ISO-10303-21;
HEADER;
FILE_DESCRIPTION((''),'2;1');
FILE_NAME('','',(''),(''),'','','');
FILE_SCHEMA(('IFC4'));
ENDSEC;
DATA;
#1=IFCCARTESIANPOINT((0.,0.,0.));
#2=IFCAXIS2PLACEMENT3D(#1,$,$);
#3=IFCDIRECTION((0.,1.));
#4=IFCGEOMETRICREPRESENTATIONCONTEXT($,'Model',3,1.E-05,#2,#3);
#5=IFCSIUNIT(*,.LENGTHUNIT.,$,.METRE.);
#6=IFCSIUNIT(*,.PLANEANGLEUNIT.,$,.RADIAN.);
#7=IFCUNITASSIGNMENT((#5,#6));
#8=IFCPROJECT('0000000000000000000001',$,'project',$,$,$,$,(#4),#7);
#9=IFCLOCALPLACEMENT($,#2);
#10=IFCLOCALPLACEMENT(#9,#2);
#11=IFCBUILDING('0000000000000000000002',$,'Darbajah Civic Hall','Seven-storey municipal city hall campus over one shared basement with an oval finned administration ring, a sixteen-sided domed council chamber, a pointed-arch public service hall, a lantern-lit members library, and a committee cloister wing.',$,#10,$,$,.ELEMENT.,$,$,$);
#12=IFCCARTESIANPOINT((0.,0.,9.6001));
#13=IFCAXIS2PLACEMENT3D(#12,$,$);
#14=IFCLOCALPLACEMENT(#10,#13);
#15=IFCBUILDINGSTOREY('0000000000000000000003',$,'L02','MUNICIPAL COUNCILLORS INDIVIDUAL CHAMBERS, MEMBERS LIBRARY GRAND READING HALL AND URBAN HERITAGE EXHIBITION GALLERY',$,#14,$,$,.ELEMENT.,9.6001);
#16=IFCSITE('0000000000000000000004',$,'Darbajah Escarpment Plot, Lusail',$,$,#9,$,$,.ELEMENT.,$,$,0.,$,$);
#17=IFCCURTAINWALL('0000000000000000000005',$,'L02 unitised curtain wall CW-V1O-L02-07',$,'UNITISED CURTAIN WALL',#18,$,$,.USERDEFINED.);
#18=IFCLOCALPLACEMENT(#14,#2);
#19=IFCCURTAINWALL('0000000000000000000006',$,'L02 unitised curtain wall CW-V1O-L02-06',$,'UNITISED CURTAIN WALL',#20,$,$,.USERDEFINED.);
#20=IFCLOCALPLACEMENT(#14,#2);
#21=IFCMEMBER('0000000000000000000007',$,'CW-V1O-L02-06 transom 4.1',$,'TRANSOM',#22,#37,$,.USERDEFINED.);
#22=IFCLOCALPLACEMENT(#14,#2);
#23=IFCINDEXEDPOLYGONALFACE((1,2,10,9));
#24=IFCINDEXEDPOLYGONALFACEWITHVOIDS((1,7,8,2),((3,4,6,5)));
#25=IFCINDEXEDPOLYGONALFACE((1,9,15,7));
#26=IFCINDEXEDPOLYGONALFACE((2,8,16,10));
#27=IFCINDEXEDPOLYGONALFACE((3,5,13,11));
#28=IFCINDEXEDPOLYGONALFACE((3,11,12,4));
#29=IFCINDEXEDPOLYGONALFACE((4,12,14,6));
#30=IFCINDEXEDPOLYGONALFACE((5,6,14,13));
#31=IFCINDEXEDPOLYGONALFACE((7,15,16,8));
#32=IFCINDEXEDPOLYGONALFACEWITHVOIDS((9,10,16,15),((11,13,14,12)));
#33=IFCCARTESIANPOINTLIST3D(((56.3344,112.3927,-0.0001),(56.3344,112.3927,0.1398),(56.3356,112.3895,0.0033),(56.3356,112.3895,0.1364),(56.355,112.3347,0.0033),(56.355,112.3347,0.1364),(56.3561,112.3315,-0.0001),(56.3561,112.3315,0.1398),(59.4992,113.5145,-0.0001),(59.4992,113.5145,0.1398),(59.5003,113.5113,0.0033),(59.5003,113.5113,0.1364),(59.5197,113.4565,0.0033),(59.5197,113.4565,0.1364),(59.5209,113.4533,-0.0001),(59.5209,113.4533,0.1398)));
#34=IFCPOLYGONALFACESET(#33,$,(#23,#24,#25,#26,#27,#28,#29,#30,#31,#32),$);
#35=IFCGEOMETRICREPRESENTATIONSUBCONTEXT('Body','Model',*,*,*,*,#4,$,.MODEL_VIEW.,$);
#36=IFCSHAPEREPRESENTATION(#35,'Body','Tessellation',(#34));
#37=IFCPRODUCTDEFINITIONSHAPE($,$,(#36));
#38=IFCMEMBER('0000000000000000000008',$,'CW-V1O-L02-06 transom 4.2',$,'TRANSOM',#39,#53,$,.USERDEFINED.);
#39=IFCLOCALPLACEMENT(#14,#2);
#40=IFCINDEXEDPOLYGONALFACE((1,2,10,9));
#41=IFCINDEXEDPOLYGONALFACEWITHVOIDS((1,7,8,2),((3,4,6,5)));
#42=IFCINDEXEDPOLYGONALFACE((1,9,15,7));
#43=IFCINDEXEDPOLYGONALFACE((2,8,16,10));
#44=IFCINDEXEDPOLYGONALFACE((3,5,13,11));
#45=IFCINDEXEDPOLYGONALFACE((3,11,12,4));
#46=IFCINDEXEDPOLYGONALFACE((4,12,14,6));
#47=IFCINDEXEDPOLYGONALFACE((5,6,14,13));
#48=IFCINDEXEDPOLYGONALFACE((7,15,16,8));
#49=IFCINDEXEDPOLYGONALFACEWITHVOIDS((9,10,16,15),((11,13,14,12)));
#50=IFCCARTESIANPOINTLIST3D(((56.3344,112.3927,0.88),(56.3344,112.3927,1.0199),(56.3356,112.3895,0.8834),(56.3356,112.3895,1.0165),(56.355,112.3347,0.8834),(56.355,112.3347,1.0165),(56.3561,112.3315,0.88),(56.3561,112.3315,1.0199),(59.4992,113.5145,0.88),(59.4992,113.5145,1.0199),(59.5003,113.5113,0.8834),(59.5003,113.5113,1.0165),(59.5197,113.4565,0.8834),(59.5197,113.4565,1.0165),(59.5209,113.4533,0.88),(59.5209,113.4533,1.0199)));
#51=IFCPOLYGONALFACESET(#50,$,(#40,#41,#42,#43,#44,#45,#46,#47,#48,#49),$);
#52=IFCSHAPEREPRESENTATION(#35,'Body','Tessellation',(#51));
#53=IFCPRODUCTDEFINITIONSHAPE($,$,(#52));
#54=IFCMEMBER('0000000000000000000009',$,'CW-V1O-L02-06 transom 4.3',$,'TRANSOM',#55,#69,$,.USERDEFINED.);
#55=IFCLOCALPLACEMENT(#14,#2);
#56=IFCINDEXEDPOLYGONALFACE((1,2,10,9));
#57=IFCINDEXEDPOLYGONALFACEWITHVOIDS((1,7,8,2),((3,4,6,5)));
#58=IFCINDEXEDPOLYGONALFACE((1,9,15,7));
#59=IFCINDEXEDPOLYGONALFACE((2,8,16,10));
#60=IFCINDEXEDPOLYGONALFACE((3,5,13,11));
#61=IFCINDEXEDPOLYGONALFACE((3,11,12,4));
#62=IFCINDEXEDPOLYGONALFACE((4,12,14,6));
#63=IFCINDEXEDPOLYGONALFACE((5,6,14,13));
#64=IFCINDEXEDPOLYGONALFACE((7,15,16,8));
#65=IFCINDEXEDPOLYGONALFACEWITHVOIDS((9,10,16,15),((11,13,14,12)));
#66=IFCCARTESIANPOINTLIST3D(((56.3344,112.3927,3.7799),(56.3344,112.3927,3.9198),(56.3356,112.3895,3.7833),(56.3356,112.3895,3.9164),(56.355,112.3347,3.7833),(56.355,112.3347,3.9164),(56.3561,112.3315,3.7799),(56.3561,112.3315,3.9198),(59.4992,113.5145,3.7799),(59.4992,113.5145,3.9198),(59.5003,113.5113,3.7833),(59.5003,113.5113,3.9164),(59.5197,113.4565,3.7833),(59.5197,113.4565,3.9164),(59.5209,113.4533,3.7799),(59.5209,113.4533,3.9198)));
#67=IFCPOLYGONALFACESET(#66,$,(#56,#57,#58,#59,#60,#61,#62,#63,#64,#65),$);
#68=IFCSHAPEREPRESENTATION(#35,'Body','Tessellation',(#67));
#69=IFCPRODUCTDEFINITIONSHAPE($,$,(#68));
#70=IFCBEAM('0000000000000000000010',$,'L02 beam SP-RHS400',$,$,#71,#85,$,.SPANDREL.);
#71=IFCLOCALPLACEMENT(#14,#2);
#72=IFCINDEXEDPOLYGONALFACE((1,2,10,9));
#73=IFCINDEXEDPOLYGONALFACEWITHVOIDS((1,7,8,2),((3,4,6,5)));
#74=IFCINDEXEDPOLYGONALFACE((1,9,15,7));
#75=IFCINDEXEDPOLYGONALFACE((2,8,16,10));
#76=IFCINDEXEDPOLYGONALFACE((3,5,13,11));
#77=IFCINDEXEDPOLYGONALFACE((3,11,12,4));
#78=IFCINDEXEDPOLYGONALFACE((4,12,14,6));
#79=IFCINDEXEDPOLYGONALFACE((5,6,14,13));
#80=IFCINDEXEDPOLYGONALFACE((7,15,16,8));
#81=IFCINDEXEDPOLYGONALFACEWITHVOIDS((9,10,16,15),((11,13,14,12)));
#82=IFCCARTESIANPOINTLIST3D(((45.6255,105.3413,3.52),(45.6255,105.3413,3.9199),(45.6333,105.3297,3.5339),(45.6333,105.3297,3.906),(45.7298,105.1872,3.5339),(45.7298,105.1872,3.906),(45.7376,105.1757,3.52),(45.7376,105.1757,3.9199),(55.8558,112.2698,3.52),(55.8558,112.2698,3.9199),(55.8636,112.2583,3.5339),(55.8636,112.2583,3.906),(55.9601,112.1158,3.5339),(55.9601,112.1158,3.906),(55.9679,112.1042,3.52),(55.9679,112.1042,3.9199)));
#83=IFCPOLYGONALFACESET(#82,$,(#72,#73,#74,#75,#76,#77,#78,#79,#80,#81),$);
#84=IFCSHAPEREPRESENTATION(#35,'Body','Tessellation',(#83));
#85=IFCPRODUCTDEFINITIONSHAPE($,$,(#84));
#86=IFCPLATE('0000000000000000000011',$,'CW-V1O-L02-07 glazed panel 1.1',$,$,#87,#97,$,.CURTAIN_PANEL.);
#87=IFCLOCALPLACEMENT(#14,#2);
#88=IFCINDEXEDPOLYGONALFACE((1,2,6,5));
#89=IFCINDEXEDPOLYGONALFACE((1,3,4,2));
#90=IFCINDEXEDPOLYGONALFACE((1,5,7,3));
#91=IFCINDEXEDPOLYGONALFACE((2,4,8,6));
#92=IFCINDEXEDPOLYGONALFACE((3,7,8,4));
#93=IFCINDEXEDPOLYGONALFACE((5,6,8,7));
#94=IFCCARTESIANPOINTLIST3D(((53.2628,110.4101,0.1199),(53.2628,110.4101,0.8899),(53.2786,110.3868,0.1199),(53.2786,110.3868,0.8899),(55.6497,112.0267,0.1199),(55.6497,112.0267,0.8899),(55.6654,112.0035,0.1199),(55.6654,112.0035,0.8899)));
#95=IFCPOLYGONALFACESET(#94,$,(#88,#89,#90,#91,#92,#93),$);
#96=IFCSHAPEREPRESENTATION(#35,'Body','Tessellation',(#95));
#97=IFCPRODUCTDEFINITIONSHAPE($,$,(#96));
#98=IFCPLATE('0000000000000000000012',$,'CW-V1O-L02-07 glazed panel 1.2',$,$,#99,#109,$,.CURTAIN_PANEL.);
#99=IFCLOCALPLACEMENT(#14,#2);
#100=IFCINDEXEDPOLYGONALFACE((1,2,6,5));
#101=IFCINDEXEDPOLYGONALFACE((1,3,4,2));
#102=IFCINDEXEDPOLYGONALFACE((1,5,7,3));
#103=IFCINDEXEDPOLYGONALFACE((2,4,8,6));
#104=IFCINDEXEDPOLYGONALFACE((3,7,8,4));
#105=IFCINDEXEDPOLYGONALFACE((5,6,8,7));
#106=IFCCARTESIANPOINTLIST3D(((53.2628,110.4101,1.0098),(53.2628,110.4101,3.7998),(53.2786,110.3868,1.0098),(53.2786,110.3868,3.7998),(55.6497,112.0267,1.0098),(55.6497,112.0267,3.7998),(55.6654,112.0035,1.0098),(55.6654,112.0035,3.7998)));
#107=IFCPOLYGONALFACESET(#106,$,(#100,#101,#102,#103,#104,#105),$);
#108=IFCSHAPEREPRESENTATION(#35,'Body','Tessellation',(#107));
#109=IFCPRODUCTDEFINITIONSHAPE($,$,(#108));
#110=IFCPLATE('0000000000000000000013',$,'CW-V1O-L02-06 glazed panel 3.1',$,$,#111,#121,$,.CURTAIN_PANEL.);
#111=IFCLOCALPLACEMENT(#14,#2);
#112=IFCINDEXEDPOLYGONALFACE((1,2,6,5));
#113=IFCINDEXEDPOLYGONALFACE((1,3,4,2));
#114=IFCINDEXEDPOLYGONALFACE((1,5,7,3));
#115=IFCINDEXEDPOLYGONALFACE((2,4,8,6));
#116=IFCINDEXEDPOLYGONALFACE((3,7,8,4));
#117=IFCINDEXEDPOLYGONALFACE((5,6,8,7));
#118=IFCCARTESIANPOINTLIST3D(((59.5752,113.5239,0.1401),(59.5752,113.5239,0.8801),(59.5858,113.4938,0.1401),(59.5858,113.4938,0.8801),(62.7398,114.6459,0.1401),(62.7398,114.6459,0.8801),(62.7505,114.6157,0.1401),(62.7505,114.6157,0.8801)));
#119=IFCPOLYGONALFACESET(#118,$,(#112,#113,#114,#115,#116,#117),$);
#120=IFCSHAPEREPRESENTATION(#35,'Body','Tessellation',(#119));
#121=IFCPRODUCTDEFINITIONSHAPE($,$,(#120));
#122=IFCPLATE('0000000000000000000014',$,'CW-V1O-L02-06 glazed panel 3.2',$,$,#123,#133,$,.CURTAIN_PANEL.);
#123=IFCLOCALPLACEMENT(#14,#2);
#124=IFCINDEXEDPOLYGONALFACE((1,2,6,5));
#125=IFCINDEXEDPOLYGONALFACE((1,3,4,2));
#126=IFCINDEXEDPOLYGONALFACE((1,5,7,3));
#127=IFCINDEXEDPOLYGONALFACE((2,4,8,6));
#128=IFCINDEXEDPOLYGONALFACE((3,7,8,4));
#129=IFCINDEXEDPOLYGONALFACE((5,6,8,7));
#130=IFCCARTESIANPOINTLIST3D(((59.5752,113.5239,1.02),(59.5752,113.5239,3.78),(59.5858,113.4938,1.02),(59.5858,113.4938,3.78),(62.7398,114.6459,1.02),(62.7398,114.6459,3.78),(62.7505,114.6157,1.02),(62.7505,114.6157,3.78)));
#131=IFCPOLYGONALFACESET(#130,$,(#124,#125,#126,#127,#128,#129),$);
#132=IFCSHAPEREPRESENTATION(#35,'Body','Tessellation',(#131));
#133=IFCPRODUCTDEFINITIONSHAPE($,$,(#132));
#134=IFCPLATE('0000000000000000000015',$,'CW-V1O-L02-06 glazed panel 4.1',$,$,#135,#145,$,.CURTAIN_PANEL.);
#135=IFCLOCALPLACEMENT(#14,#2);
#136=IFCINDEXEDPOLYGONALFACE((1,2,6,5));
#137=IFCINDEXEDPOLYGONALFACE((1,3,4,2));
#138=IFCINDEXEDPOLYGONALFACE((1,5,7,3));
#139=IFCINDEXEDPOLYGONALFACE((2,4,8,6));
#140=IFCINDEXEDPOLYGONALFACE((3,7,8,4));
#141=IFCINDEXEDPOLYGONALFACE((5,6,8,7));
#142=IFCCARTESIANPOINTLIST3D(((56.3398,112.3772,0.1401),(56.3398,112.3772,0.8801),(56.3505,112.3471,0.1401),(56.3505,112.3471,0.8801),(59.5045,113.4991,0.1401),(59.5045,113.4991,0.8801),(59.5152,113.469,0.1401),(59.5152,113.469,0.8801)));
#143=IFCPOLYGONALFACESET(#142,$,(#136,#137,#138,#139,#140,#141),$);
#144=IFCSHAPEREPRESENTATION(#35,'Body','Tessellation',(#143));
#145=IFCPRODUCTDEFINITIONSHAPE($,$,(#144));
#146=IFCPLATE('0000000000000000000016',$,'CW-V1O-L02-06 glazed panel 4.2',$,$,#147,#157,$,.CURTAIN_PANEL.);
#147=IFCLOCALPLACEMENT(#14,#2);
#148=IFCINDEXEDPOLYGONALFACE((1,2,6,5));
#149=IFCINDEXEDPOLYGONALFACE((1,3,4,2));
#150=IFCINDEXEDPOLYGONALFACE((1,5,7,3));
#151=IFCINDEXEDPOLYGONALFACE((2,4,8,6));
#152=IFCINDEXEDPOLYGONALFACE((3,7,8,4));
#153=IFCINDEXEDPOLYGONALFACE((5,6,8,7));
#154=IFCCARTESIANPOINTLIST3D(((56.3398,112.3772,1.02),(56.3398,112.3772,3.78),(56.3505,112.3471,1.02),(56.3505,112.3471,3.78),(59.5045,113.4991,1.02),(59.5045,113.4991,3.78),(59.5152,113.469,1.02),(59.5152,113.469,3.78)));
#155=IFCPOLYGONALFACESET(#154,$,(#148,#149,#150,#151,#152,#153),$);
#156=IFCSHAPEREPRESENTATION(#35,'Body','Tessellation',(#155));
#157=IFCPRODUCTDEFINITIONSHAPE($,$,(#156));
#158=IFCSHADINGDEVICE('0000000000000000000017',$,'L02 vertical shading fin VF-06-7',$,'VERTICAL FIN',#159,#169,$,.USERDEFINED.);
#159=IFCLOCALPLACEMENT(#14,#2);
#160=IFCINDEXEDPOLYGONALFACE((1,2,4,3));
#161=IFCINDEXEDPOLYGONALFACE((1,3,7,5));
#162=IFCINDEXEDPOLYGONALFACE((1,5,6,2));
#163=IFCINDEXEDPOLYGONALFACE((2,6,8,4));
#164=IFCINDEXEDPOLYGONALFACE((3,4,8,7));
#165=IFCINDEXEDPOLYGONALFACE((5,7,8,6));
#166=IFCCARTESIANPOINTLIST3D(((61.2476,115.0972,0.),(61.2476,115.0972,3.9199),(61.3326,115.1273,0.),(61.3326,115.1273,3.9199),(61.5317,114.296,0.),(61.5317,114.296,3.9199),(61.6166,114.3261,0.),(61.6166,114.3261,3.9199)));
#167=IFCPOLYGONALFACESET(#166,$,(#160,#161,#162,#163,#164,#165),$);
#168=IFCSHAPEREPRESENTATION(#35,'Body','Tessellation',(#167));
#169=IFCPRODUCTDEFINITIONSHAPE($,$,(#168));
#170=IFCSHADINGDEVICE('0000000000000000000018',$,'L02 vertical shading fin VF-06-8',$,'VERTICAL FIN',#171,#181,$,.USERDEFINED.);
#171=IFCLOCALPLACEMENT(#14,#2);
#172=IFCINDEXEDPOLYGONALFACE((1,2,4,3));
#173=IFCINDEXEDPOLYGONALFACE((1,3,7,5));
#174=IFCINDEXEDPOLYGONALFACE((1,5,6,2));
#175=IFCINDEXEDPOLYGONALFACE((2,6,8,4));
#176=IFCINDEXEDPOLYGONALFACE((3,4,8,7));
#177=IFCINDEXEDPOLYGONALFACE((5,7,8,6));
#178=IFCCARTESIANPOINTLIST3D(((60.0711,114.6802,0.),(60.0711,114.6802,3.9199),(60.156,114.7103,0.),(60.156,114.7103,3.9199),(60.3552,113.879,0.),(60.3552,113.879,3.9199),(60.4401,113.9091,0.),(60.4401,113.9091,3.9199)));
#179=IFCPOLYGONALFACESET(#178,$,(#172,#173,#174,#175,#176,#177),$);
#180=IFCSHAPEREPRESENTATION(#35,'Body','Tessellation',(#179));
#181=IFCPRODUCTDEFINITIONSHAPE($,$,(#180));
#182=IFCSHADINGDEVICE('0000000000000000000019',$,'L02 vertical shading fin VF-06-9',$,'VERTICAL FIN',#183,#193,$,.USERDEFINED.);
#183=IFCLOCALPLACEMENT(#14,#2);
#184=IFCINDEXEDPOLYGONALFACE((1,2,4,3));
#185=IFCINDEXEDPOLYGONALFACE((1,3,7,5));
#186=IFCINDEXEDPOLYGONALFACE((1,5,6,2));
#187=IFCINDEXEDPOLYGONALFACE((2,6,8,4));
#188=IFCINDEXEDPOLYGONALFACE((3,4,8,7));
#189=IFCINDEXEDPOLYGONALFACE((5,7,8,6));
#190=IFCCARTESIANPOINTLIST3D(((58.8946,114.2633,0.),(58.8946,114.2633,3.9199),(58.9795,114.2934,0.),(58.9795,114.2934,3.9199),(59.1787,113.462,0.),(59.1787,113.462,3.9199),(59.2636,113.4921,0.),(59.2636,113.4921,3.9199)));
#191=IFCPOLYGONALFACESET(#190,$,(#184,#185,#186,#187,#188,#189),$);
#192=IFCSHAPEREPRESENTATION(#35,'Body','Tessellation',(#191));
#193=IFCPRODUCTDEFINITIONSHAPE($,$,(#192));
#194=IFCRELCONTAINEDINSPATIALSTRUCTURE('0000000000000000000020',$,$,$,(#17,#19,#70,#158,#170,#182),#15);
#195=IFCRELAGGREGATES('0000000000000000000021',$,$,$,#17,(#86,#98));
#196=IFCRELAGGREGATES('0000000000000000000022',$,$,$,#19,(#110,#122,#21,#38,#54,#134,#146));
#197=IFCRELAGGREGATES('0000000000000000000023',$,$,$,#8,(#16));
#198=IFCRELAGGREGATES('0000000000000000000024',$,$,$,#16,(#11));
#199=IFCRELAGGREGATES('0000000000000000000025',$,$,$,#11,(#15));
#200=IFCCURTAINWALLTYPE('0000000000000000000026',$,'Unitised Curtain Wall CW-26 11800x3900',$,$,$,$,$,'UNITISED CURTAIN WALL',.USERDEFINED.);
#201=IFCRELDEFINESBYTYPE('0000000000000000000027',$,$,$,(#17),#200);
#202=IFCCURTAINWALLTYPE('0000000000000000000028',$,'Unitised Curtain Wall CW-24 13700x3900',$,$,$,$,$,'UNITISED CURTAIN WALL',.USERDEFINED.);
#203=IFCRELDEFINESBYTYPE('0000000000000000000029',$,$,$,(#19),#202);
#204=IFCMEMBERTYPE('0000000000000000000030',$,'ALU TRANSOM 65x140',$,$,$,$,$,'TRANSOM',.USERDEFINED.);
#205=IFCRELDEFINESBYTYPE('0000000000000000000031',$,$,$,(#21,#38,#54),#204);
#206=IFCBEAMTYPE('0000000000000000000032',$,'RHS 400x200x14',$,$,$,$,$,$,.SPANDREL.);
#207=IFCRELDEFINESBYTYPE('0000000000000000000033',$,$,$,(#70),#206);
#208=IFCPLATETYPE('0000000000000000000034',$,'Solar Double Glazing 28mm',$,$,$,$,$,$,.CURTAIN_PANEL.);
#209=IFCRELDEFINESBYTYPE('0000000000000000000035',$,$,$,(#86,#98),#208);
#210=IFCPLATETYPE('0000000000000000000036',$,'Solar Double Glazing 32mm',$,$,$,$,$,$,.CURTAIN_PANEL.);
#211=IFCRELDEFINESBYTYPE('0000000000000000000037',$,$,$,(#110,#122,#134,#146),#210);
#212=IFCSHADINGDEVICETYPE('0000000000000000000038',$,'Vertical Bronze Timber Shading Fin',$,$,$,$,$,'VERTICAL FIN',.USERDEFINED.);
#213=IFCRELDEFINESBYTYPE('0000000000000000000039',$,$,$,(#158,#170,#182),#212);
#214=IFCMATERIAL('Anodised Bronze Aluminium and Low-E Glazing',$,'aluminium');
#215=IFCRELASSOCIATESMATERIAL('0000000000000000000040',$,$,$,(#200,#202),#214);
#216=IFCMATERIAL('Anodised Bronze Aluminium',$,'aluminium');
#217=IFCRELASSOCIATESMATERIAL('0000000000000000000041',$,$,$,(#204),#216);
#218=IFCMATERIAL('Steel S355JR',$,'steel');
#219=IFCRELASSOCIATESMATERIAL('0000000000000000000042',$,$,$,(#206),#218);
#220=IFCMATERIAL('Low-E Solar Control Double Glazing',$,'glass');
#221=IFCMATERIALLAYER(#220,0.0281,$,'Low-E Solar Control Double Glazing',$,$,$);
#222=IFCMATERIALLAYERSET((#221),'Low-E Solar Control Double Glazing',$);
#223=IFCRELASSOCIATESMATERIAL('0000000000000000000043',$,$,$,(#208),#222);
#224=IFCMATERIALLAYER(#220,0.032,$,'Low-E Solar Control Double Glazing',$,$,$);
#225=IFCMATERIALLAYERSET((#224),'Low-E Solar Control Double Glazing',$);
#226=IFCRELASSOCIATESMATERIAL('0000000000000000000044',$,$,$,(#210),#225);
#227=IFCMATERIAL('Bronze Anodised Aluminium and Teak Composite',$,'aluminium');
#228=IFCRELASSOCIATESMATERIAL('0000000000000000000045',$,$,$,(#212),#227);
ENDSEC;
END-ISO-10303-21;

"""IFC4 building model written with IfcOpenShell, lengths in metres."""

from ifc_helpers import new_model, si_unit, direction, frame, origin, origin_2d, place, context, subcontext, project, spatial, rectangle, hollow_rectangle, extrude, material, layer, layer_set, material_profile, profile_set, type_object, element, aggregate, save


model = new_model("IFC4")

# Units and contexts
model_context = context("Model", 3, precision=1e-05, world=origin(), true_north=direction((0.0, 1.0)))
body_context = subcontext(model_context, "Body", "Model", "MODEL_VIEW")
ifc_project = project(units=[si_unit("LENGTHUNIT", "METRE"), si_unit("PLANEANGLEUNIT", "RADIAN")], contexts=[model_context])

# Site, building, storey
site_placement = place(None, origin())
site = spatial("IfcSite", under=ifc_project, at=site_placement, Name="Darbajah Escarpment Plot, Lusail", CompositionType="ELEMENT", RefElevation=0.0)
building_placement = place(site_placement, origin())
building = spatial("IfcBuilding", under=site, at=building_placement, Name="Darbajah Civic Hall", Description="Seven-storey municipal city hall campus over one shared basement with an oval finned administration ring, a sixteen-sided domed council chamber, a pointed-arch public service hall, a lantern-lit members library, and a committee cloister wing.", CompositionType="ELEMENT")
storey_placement = place(building_placement, frame((0.0, 0.0, 9.6001)))
storey = spatial("IfcBuildingStorey", under=building, at=storey_placement, Name="L02", Description="MUNICIPAL COUNCILLORS INDIVIDUAL CHAMBERS, MEMBERS LIBRARY GRAND READING HALL AND URBAN HERITAGE EXHIBITION GALLERY", CompositionType="ELEMENT", Elevation=9.6001)

# Curtain walls
ifc_material_1 = material(Name="Anodised Bronze Aluminium and Low-E Glazing", Category="aluminium")
curtain_wall_type_1 = type_object("IfcCurtainWallType", Name="Unitised Curtain Wall CW-26 11800x3900", ElementType="UNITISED CURTAIN WALL", PredefinedType="USERDEFINED", material=ifc_material_1)
curtain_wall_1_placement = place(storey_placement, origin())
curtain_wall_1 = element("IfcCurtainWall", 1, at=curtain_wall_1_placement, inside=storey, type_object=curtain_wall_type_1, Name="L02 unitised curtain wall CW-V1O-L02-07", ObjectType="UNITISED CURTAIN WALL", PredefinedType="USERDEFINED")
ifc_material_2 = material(Name="Anodised Bronze Aluminium", Category="aluminium")
curtain_wall_type_2 = type_object("IfcCurtainWallType", Name="Unitised Curtain Wall CW-24 13700x3900", ElementType="UNITISED CURTAIN WALL", PredefinedType="USERDEFINED", material=ifc_material_1)
curtain_wall_2_placement = place(storey_placement, origin())
curtain_wall_2 = element("IfcCurtainWall", 2, at=curtain_wall_2_placement, inside=storey, type_object=curtain_wall_type_2, Name="L02 unitised curtain wall CW-V1O-L02-06", ObjectType="UNITISED CURTAIN WALL", PredefinedType="USERDEFINED")

# Members
ifc_material_profile_1 = material_profile(ifc_material_2, hollow_rectangle(XDim=0.0649, YDim=0.1399, WallThickness=0.0034, at=origin_2d()), Name="ALU TRANSOM 65x140")
ifc_profile_set_1 = profile_set([ifc_material_profile_1], Name="Anodised Bronze Aluminium")
member_type_1 = type_object("IfcMemberType", Name="ALU TRANSOM 65x140", ElementType="TRANSOM", PredefinedType="USERDEFINED", material=ifc_profile_set_1)
member_1_placement = place(storey_placement, frame((59.51, 113.4839, 0.0698), z_axis=(-0.942537, -0.334102, 0.0), x_axis=(0.334102, -0.942537, 0.0)))
member_1 = element("IfcMember", 3, at=member_1_placement, type_object=member_type_1, Name="CW-V1O-L02-06 transom 4.1", ObjectType="TRANSOM", PredefinedType="USERDEFINED", context=body_context, shape_type="SweptSolid", body=[
    extrude(hollow_rectangle(XDim=0.0649, YDim=0.1399, WallThickness=0.0034, at=origin_2d()), origin(), (0.0, 0.0, 1.0), 3.3577),
])
member_2_placement = place(storey_placement, frame((59.51, 113.4839, 0.95), z_axis=(-0.942537, -0.334102, 0.0), x_axis=(0.334102, -0.942537, 0.0)))
member_2 = element("IfcMember", 4, at=member_2_placement, type_object=member_type_1, Name="CW-V1O-L02-06 transom 4.2", ObjectType="TRANSOM", PredefinedType="USERDEFINED", context=body_context, shape_type="SweptSolid", body=[
    extrude(hollow_rectangle(XDim=0.0649, YDim=0.1399, WallThickness=0.0034, at=origin_2d()), origin(), (0.0, 0.0, 1.0), 3.3577),
])
member_3_placement = place(storey_placement, frame((59.51, 113.4839, 3.8499), z_axis=(-0.942537, -0.334102, 0.0), x_axis=(0.334102, -0.942537, 0.0)))
member_3 = element("IfcMember", 5, at=member_3_placement, type_object=member_type_1, Name="CW-V1O-L02-06 transom 4.3", ObjectType="TRANSOM", PredefinedType="USERDEFINED", context=body_context, shape_type="SweptSolid", body=[
    extrude(hollow_rectangle(XDim=0.0649, YDim=0.1399, WallThickness=0.0034, at=origin_2d()), origin(), (0.0, 0.0, 1.0), 3.3577),
])

# Beam
ifc_material_3 = material(Name="Steel S355JR", Category="steel")
ifc_material_profile_2 = material_profile(ifc_material_3, hollow_rectangle(XDim=0.2, YDim=0.3999, WallThickness=0.0139, at=origin_2d()), Name="RHS 400x200x14")
ifc_profile_set_2 = profile_set([ifc_material_profile_2], Name="Steel S355JR")
beam_type = type_object("IfcBeamType", Name="RHS 400x200x14", PredefinedType="SPANDREL", material=ifc_profile_set_2)
beam_placement = place(storey_placement, frame((55.9119, 112.187, 3.72), z_axis=(-0.827982, -0.560755, 0.0), x_axis=(0.560755, -0.827982, 0.0)))
element("IfcBeam", 6, at=beam_placement, inside=storey, type_object=beam_type, Name="L02 beam SP-RHS400", PredefinedType="SPANDREL", context=body_context, shape_type="SweptSolid", body=[
    extrude(hollow_rectangle(XDim=0.2, YDim=0.3999, WallThickness=0.0139, at=origin_2d()), origin(), (0.0, 0.0, 1.0), 12.3557),
])

# Plates
ifc_material_4 = material(Name="Low-E Solar Control Double Glazing", Category="glass")
ifc_layer_1 = layer(ifc_material_4, 0.0281, Name="Low-E Solar Control Double Glazing")
ifc_layer_set_1 = layer_set([ifc_layer_1], Name="Low-E Solar Control Double Glazing")
plate_type_1 = type_object("IfcPlateType", Name="Solar Double Glazing 28mm", PredefinedType="CURTAIN_PANEL", material=ifc_layer_set_1)
plate_1_placement = place(storey_placement, frame((54.4641, 111.2068, 0.1199), z_axis=(0.0, 0.0, 1.0), x_axis=(-0.827962, -0.560784, 0.0)))
plate_1 = element("IfcPlate", 7, at=plate_1_placement, type_object=plate_type_1, Name="CW-V1O-L02-07 glazed panel 1.1", PredefinedType="CURTAIN_PANEL", context=body_context, shape_type="SweptSolid", body=[
    extrude(rectangle(XDim=2.8828, YDim=0.0281, at=origin_2d()), origin(), (0.0, 0.0, 1.0), 0.77),
])
plate_2_placement = place(storey_placement, frame((54.4641, 111.2068, 1.0098), z_axis=(0.0, 0.0, 1.0), x_axis=(-0.827962, -0.560784, 0.0)))
plate_2 = element("IfcPlate", 8, at=plate_2_placement, type_object=plate_type_1, Name="CW-V1O-L02-07 glazed panel 1.2", PredefinedType="CURTAIN_PANEL", context=body_context, shape_type="SweptSolid", body=[
    extrude(rectangle(XDim=2.8828, YDim=0.0281, at=origin_2d()), origin(), (0.0, 0.0, 1.0), 2.79),
])
aggregate(curtain_wall_1, [plate_1, plate_2])
ifc_layer_2 = layer(ifc_material_4, 0.032, Name="Low-E Solar Control Double Glazing")
ifc_layer_set_2 = layer_set([ifc_layer_2], Name="Low-E Solar Control Double Glazing")
plate_type_2 = type_object("IfcPlateType", Name="Solar Double Glazing 32mm", PredefinedType="CURTAIN_PANEL", material=ifc_layer_set_2)
plate_3_placement = place(storey_placement, frame((61.1628, 114.0698, 0.1401), z_axis=(0.0, 0.0, 1.0), x_axis=(-0.942525, -0.334136, 0.0)))
plate_3 = element("IfcPlate", 9, at=plate_3_placement, type_object=plate_type_2, Name="CW-V1O-L02-06 glazed panel 3.1", PredefinedType="CURTAIN_PANEL", context=body_context, shape_type="SweptSolid", body=[
    extrude(rectangle(XDim=3.3577, YDim=0.032, at=origin_2d()), origin(), (0.0, 0.0, 1.0), 0.74),
])
plate_4_placement = place(storey_placement, frame((61.1628, 114.0698, 1.02), z_axis=(0.0, 0.0, 1.0), x_axis=(-0.942525, -0.334136, 0.0)))
plate_4 = element("IfcPlate", 10, at=plate_4_placement, type_object=plate_type_2, Name="CW-V1O-L02-06 glazed panel 3.2", PredefinedType="CURTAIN_PANEL", context=body_context, shape_type="SweptSolid", body=[
    extrude(rectangle(XDim=3.3577, YDim=0.032, at=origin_2d()), origin(), (0.0, 0.0, 1.0), 2.76),
])
plate_5_placement = place(storey_placement, frame((57.9275, 112.9231, 0.1401), z_axis=(0.0, 0.0, 1.0), x_axis=(-0.942525, -0.334136, 0.0)))
plate_5 = element("IfcPlate", 11, at=plate_5_placement, type_object=plate_type_2, Name="CW-V1O-L02-06 glazed panel 4.1", PredefinedType="CURTAIN_PANEL", context=body_context, shape_type="SweptSolid", body=[
    extrude(rectangle(XDim=3.3577, YDim=0.032, at=origin_2d()), origin(), (0.0, 0.0, 1.0), 0.74),
])
plate_6_placement = place(storey_placement, frame((57.9275, 112.9231, 1.02), z_axis=(0.0, 0.0, 1.0), x_axis=(-0.942525, -0.334136, 0.0)))
plate_6 = element("IfcPlate", 12, at=plate_6_placement, type_object=plate_type_2, Name="CW-V1O-L02-06 glazed panel 4.2", PredefinedType="CURTAIN_PANEL", context=body_context, shape_type="SweptSolid", body=[
    extrude(rectangle(XDim=3.3577, YDim=0.032, at=origin_2d()), origin(), (0.0, 0.0, 1.0), 2.76),
])
aggregate(curtain_wall_2, [plate_3, plate_4, member_1, member_2, member_3, plate_5, plate_6])

# Shading devices
ifc_material_5 = material(Name="Bronze Anodised Aluminium and Teak Composite", Category="aluminium")
shading_device_type = type_object("IfcShadingDeviceType", Name="Vertical Bronze Timber Shading Fin", ElementType="VERTICAL FIN", PredefinedType="USERDEFINED", material=ifc_material_5)
for number, where, z_axis, x_axis, name in (
    (13, (61.4321, 114.7117, 0.0), (0.0, 0.0, 1.0), (-0.334136, 0.942525, 0.0), "L02 vertical shading fin VF-06-7"),
    (14, (60.2556, 114.2947, 0.0), (0.0, 0.0, 1.0), (-0.334136, 0.942525, 0.0), "L02 vertical shading fin VF-06-8"),
    (15, (59.0791, 113.8777, 0.0), (0.0, 0.0, 1.0), (-0.334136, 0.942525, 0.0), "L02 vertical shading fin VF-06-9"),
):
    element("IfcShadingDevice", number, at=place(storey_placement, frame(where, z_axis=z_axis, x_axis=x_axis)), inside=storey, type_object=shading_device_type, Name=name, ObjectType="VERTICAL FIN", PredefinedType="USERDEFINED", context=body_context, shape_type="SweptSolid", body=[
        extrude(rectangle(XDim=0.8501, YDim=0.0901, at=origin_2d()), origin(), (0.0, 0.0, 1.0), 3.9199),
    ])

save(model, "model.ifc")
